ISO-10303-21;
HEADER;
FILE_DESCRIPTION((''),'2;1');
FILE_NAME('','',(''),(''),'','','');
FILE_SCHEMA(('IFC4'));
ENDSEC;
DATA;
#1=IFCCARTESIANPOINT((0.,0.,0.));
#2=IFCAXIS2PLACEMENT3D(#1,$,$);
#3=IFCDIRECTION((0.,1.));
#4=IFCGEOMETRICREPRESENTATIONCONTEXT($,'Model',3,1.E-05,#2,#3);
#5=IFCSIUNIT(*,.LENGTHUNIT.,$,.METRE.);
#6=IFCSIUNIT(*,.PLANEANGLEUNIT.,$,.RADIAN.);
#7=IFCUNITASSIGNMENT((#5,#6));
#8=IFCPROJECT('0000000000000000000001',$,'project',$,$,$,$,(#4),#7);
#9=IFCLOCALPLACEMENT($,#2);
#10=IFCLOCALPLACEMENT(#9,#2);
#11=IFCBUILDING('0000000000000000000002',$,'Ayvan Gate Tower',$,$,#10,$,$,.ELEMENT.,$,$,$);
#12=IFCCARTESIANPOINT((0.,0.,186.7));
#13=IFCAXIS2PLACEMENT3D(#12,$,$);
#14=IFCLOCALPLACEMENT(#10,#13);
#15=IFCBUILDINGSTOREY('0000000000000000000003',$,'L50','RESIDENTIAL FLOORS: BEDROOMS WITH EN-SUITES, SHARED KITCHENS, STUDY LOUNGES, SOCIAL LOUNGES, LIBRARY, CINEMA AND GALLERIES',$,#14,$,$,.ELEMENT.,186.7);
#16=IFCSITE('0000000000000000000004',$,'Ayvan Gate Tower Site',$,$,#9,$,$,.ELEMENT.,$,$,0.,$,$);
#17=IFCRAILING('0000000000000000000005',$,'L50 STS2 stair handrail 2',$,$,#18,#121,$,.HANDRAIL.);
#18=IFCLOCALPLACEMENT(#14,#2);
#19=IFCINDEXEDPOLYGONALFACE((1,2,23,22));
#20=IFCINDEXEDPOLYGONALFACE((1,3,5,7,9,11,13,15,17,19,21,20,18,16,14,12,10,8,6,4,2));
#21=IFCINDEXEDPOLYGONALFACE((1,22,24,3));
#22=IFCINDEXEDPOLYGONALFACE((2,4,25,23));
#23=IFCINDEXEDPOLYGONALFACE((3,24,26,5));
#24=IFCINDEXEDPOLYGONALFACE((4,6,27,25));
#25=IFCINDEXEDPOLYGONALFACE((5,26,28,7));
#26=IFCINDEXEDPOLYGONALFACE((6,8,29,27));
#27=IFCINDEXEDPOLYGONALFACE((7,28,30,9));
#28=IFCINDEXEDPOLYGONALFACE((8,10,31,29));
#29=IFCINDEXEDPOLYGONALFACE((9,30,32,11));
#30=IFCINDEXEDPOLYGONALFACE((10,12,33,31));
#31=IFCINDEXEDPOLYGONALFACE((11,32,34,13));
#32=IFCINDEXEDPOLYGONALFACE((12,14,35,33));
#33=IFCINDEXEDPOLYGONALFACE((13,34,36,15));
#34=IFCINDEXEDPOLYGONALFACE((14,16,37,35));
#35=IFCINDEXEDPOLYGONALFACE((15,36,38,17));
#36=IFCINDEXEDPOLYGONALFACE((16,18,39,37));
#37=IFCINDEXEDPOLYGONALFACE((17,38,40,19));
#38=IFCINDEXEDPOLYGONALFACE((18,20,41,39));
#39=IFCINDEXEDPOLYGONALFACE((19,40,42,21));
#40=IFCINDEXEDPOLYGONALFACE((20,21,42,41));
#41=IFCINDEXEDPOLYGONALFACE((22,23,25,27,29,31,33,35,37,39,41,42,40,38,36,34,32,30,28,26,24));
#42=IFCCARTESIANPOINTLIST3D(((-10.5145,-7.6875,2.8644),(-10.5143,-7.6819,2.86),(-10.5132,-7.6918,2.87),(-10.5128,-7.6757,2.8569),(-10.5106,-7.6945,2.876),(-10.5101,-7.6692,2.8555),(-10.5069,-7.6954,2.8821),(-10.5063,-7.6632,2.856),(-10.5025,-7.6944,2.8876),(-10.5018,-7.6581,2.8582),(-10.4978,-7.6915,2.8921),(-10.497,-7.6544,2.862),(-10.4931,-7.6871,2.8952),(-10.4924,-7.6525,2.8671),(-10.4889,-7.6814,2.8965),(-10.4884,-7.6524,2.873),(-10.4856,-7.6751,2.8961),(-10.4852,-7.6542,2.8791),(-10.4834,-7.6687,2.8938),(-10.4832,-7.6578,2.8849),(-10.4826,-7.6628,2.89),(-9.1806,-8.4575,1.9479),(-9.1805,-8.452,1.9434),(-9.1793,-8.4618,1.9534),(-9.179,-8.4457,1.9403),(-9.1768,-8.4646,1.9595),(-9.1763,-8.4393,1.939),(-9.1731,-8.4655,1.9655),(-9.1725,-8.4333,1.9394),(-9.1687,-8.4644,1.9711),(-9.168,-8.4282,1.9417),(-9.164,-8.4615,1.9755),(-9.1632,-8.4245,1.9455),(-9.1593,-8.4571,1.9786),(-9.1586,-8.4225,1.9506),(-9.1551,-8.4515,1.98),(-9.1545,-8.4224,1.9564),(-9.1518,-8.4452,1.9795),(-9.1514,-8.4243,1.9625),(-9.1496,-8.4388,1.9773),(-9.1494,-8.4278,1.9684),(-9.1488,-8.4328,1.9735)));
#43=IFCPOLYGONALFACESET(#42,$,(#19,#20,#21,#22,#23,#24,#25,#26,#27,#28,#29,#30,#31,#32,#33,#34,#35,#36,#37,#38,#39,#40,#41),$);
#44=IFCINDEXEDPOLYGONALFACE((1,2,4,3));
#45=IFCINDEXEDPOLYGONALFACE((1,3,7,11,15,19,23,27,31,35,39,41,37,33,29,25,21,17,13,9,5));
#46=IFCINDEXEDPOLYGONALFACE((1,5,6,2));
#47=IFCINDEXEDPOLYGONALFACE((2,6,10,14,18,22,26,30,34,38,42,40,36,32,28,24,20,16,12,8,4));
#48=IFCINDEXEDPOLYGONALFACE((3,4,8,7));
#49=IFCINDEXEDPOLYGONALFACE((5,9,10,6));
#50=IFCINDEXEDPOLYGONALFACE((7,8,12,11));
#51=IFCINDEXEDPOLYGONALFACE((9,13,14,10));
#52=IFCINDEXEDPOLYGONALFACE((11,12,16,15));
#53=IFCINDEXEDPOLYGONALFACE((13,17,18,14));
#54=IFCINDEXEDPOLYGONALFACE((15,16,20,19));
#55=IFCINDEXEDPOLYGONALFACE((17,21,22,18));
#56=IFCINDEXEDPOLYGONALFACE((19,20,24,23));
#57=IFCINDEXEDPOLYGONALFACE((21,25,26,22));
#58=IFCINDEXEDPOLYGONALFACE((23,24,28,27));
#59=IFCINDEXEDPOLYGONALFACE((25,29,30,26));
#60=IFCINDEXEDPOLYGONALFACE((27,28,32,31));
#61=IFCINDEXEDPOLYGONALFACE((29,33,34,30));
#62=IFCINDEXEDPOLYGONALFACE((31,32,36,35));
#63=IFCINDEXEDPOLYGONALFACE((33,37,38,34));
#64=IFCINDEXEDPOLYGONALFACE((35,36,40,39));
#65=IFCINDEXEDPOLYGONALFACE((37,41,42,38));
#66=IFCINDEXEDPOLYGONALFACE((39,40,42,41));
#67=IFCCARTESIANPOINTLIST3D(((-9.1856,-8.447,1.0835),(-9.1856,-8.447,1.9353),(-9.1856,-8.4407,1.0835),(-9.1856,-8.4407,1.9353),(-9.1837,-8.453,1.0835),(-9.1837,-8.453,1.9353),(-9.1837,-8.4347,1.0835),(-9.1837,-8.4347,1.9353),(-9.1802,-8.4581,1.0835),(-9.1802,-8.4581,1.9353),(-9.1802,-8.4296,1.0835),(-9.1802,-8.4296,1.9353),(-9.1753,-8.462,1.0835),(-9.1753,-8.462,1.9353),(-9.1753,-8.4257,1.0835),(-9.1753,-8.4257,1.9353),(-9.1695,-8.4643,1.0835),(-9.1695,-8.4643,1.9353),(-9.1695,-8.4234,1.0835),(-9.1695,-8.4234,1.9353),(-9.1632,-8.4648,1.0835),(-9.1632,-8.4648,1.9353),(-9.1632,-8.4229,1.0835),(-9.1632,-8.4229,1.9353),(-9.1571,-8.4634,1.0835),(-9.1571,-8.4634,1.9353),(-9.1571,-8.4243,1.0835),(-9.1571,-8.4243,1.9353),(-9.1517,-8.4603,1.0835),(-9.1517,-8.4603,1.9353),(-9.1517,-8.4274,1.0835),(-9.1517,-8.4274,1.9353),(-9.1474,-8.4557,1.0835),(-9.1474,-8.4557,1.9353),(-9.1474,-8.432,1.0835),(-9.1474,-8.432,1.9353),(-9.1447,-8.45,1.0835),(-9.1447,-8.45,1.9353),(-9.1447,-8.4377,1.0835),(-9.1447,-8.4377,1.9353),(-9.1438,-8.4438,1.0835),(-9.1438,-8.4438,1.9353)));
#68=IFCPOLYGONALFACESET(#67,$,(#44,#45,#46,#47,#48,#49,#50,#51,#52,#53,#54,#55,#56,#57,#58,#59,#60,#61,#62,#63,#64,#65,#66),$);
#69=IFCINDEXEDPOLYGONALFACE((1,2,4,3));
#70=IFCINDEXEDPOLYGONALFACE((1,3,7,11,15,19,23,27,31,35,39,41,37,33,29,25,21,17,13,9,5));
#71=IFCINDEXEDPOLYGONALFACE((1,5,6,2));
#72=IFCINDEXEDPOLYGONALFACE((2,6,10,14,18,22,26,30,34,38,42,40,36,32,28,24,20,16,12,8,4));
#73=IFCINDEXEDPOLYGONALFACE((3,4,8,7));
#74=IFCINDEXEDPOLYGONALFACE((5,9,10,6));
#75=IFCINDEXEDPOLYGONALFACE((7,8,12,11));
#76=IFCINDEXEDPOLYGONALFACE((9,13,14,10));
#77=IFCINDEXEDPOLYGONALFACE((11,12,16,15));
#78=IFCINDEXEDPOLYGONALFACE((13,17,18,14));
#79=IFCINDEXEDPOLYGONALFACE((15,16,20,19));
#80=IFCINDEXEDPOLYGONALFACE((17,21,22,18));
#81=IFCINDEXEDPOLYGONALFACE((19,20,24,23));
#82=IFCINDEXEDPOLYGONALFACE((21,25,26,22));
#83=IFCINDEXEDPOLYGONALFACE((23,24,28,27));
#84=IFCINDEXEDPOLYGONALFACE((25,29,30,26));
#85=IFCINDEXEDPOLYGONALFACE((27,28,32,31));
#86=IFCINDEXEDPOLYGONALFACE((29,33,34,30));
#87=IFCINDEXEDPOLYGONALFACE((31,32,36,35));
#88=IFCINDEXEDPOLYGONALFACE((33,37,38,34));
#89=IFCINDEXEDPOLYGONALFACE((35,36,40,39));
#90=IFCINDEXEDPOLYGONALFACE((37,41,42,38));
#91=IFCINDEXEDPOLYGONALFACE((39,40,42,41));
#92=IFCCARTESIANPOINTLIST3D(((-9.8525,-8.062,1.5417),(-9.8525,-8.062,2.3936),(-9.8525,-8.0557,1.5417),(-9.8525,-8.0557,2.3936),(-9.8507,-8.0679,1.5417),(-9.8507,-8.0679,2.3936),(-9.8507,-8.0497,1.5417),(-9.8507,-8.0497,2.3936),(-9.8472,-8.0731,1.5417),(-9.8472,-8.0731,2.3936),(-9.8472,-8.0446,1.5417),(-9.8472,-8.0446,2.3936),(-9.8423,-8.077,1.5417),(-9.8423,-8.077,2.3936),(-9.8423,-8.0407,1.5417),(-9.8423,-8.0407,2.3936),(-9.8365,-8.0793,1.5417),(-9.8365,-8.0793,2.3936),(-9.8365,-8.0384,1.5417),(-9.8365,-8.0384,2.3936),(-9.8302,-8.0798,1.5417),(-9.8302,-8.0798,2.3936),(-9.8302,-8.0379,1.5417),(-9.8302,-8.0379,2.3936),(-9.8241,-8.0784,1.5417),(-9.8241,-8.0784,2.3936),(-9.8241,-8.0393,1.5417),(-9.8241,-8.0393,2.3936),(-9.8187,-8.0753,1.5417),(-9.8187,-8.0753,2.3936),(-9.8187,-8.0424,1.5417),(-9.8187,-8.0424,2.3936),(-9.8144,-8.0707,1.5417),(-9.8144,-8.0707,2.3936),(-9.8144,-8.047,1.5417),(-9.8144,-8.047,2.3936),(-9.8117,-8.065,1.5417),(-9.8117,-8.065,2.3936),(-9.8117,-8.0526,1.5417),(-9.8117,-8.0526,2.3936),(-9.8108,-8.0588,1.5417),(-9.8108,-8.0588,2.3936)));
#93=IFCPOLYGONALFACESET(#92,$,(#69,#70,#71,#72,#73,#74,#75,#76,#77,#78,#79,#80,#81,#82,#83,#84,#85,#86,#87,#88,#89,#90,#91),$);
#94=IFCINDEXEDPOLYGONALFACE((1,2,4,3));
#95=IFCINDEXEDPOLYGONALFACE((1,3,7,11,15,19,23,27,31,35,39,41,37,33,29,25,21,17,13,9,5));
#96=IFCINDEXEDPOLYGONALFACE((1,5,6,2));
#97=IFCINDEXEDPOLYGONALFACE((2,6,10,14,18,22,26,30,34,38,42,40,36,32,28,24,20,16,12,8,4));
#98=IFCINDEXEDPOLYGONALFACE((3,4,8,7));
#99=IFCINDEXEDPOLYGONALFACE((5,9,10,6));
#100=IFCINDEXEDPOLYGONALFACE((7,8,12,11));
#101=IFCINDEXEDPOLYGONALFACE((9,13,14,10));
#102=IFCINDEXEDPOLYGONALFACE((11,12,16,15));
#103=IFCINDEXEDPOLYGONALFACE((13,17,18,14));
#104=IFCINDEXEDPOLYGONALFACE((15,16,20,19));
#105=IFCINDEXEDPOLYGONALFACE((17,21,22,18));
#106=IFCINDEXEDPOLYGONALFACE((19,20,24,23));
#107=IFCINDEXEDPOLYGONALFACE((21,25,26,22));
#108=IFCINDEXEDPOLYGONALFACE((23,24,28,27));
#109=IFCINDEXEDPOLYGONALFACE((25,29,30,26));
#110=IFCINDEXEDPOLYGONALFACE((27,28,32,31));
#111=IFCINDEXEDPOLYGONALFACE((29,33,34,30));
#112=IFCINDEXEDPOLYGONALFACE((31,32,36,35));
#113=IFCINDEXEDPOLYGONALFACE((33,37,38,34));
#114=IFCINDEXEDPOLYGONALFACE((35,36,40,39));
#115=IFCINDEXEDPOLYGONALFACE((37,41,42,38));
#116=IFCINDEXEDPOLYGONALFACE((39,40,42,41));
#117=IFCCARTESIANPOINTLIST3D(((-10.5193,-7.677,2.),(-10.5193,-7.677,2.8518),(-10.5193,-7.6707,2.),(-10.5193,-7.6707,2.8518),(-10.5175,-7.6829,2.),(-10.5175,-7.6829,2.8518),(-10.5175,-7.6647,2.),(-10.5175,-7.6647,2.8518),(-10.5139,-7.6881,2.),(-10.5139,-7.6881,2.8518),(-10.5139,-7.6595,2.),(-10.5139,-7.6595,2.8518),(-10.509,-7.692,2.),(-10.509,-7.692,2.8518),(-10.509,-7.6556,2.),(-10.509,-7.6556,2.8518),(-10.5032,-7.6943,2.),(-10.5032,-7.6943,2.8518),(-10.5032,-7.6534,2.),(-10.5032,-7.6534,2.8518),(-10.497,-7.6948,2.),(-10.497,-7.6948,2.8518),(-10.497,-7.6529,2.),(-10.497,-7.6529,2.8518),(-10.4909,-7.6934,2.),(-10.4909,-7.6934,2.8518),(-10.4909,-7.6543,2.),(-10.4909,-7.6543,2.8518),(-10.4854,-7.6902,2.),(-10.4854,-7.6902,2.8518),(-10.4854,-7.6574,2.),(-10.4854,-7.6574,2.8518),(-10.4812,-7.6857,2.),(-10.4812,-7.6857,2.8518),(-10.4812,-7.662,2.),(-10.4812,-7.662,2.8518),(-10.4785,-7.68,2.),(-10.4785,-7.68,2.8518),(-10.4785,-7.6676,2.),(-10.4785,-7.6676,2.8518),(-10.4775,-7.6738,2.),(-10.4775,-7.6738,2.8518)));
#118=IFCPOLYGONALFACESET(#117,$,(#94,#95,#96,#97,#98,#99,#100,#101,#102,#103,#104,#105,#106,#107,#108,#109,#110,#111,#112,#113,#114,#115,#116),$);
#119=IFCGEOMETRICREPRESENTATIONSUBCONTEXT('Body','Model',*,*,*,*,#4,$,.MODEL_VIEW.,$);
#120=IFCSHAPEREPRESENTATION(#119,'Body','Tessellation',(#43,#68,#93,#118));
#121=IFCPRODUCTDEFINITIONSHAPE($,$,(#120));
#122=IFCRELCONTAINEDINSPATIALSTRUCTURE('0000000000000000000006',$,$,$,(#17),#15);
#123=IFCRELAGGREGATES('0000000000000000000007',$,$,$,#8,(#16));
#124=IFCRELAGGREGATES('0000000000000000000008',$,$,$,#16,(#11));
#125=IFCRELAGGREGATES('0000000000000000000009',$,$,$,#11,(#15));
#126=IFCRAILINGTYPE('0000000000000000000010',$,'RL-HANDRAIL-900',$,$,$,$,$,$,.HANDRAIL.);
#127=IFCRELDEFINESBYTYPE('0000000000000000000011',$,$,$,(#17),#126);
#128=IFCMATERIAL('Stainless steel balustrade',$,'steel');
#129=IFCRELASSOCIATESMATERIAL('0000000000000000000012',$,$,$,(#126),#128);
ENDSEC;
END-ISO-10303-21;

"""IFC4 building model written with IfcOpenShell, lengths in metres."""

from ifc_helpers import new_model, si_unit, direction, frame, origin, origin_2d, place, context, subcontext, project, spatial, circle, extrude, material, type_object, element, save


model = new_model("IFC4")

# Units and contexts
model_context = context("Model", 3, precision=1e-05, world=origin(), true_north=direction((0.0, 1.0)))
body_context = subcontext(model_context, "Body", "Model", "MODEL_VIEW")
ifc_project = project(units=[si_unit("LENGTHUNIT", "METRE"), si_unit("PLANEANGLEUNIT", "RADIAN")], contexts=[model_context])

# Site, building, storey
site_placement = place(None, origin())
site = spatial("IfcSite", under=ifc_project, at=site_placement, Name="Ayvan Gate Tower Site", CompositionType="ELEMENT", RefElevation=0.0)
building_placement = place(site_placement, origin())
building = spatial("IfcBuilding", under=site, at=building_placement, Name="Ayvan Gate Tower", CompositionType="ELEMENT")
storey_placement = place(building_placement, frame((0.0, 0.0, 186.7)))
storey = spatial("IfcBuildingStorey", under=building, at=storey_placement, Name="L50", Description="RESIDENTIAL FLOORS: BEDROOMS WITH EN-SUITES, SHARED KITCHENS, STUDY LOUNGES, SOCIAL LOUNGES, LIBRARY, CINEMA AND GALLERIES", CompositionType="ELEMENT", Elevation=186.7)

# Railing
ifc_material_1 = material(Name="Stainless steel balustrade", Category="steel")
railing_type_1 = type_object("IfcRailingType", Name="RL-HANDRAIL-900", PredefinedType="HANDRAIL", material=ifc_material_1)
railing_1_placement = place(storey_placement, frame((-9.1648, -8.4438, 1.0835)))
element("IfcRailing", 1, at=railing_1_placement, inside=storey, type_object=railing_type_1, Name="L50 STS2 stair handrail 2", PredefinedType="HANDRAIL", context=body_context, shape_type="SweptSolid", body=[
    extrude(circle(Radius=0.0239, at=origin_2d()), frame((0.0, 0.0, 0.876), z_axis=(-0.744216, 0.429664, 0.511401), x_axis=(-0.499992, -0.86603, 0.0)), (0.0, 0.0, 1.0), 1.7922),
    extrude(circle(Radius=0.021, at=origin_2d()), origin(), (0.0, 0.0, 1.0), 0.8518),
    extrude(circle(Radius=0.021, at=origin_2d()), frame((-0.667, 0.385, 0.4583)), (0.0, 0.0, 1.0), 0.8518),
    extrude(circle(Radius=0.021, at=origin_2d()), frame((-1.3337, 0.77, 0.9165)), (0.0, 0.0, 1.0), 0.8518),
])

save(model, "model.ifc")
